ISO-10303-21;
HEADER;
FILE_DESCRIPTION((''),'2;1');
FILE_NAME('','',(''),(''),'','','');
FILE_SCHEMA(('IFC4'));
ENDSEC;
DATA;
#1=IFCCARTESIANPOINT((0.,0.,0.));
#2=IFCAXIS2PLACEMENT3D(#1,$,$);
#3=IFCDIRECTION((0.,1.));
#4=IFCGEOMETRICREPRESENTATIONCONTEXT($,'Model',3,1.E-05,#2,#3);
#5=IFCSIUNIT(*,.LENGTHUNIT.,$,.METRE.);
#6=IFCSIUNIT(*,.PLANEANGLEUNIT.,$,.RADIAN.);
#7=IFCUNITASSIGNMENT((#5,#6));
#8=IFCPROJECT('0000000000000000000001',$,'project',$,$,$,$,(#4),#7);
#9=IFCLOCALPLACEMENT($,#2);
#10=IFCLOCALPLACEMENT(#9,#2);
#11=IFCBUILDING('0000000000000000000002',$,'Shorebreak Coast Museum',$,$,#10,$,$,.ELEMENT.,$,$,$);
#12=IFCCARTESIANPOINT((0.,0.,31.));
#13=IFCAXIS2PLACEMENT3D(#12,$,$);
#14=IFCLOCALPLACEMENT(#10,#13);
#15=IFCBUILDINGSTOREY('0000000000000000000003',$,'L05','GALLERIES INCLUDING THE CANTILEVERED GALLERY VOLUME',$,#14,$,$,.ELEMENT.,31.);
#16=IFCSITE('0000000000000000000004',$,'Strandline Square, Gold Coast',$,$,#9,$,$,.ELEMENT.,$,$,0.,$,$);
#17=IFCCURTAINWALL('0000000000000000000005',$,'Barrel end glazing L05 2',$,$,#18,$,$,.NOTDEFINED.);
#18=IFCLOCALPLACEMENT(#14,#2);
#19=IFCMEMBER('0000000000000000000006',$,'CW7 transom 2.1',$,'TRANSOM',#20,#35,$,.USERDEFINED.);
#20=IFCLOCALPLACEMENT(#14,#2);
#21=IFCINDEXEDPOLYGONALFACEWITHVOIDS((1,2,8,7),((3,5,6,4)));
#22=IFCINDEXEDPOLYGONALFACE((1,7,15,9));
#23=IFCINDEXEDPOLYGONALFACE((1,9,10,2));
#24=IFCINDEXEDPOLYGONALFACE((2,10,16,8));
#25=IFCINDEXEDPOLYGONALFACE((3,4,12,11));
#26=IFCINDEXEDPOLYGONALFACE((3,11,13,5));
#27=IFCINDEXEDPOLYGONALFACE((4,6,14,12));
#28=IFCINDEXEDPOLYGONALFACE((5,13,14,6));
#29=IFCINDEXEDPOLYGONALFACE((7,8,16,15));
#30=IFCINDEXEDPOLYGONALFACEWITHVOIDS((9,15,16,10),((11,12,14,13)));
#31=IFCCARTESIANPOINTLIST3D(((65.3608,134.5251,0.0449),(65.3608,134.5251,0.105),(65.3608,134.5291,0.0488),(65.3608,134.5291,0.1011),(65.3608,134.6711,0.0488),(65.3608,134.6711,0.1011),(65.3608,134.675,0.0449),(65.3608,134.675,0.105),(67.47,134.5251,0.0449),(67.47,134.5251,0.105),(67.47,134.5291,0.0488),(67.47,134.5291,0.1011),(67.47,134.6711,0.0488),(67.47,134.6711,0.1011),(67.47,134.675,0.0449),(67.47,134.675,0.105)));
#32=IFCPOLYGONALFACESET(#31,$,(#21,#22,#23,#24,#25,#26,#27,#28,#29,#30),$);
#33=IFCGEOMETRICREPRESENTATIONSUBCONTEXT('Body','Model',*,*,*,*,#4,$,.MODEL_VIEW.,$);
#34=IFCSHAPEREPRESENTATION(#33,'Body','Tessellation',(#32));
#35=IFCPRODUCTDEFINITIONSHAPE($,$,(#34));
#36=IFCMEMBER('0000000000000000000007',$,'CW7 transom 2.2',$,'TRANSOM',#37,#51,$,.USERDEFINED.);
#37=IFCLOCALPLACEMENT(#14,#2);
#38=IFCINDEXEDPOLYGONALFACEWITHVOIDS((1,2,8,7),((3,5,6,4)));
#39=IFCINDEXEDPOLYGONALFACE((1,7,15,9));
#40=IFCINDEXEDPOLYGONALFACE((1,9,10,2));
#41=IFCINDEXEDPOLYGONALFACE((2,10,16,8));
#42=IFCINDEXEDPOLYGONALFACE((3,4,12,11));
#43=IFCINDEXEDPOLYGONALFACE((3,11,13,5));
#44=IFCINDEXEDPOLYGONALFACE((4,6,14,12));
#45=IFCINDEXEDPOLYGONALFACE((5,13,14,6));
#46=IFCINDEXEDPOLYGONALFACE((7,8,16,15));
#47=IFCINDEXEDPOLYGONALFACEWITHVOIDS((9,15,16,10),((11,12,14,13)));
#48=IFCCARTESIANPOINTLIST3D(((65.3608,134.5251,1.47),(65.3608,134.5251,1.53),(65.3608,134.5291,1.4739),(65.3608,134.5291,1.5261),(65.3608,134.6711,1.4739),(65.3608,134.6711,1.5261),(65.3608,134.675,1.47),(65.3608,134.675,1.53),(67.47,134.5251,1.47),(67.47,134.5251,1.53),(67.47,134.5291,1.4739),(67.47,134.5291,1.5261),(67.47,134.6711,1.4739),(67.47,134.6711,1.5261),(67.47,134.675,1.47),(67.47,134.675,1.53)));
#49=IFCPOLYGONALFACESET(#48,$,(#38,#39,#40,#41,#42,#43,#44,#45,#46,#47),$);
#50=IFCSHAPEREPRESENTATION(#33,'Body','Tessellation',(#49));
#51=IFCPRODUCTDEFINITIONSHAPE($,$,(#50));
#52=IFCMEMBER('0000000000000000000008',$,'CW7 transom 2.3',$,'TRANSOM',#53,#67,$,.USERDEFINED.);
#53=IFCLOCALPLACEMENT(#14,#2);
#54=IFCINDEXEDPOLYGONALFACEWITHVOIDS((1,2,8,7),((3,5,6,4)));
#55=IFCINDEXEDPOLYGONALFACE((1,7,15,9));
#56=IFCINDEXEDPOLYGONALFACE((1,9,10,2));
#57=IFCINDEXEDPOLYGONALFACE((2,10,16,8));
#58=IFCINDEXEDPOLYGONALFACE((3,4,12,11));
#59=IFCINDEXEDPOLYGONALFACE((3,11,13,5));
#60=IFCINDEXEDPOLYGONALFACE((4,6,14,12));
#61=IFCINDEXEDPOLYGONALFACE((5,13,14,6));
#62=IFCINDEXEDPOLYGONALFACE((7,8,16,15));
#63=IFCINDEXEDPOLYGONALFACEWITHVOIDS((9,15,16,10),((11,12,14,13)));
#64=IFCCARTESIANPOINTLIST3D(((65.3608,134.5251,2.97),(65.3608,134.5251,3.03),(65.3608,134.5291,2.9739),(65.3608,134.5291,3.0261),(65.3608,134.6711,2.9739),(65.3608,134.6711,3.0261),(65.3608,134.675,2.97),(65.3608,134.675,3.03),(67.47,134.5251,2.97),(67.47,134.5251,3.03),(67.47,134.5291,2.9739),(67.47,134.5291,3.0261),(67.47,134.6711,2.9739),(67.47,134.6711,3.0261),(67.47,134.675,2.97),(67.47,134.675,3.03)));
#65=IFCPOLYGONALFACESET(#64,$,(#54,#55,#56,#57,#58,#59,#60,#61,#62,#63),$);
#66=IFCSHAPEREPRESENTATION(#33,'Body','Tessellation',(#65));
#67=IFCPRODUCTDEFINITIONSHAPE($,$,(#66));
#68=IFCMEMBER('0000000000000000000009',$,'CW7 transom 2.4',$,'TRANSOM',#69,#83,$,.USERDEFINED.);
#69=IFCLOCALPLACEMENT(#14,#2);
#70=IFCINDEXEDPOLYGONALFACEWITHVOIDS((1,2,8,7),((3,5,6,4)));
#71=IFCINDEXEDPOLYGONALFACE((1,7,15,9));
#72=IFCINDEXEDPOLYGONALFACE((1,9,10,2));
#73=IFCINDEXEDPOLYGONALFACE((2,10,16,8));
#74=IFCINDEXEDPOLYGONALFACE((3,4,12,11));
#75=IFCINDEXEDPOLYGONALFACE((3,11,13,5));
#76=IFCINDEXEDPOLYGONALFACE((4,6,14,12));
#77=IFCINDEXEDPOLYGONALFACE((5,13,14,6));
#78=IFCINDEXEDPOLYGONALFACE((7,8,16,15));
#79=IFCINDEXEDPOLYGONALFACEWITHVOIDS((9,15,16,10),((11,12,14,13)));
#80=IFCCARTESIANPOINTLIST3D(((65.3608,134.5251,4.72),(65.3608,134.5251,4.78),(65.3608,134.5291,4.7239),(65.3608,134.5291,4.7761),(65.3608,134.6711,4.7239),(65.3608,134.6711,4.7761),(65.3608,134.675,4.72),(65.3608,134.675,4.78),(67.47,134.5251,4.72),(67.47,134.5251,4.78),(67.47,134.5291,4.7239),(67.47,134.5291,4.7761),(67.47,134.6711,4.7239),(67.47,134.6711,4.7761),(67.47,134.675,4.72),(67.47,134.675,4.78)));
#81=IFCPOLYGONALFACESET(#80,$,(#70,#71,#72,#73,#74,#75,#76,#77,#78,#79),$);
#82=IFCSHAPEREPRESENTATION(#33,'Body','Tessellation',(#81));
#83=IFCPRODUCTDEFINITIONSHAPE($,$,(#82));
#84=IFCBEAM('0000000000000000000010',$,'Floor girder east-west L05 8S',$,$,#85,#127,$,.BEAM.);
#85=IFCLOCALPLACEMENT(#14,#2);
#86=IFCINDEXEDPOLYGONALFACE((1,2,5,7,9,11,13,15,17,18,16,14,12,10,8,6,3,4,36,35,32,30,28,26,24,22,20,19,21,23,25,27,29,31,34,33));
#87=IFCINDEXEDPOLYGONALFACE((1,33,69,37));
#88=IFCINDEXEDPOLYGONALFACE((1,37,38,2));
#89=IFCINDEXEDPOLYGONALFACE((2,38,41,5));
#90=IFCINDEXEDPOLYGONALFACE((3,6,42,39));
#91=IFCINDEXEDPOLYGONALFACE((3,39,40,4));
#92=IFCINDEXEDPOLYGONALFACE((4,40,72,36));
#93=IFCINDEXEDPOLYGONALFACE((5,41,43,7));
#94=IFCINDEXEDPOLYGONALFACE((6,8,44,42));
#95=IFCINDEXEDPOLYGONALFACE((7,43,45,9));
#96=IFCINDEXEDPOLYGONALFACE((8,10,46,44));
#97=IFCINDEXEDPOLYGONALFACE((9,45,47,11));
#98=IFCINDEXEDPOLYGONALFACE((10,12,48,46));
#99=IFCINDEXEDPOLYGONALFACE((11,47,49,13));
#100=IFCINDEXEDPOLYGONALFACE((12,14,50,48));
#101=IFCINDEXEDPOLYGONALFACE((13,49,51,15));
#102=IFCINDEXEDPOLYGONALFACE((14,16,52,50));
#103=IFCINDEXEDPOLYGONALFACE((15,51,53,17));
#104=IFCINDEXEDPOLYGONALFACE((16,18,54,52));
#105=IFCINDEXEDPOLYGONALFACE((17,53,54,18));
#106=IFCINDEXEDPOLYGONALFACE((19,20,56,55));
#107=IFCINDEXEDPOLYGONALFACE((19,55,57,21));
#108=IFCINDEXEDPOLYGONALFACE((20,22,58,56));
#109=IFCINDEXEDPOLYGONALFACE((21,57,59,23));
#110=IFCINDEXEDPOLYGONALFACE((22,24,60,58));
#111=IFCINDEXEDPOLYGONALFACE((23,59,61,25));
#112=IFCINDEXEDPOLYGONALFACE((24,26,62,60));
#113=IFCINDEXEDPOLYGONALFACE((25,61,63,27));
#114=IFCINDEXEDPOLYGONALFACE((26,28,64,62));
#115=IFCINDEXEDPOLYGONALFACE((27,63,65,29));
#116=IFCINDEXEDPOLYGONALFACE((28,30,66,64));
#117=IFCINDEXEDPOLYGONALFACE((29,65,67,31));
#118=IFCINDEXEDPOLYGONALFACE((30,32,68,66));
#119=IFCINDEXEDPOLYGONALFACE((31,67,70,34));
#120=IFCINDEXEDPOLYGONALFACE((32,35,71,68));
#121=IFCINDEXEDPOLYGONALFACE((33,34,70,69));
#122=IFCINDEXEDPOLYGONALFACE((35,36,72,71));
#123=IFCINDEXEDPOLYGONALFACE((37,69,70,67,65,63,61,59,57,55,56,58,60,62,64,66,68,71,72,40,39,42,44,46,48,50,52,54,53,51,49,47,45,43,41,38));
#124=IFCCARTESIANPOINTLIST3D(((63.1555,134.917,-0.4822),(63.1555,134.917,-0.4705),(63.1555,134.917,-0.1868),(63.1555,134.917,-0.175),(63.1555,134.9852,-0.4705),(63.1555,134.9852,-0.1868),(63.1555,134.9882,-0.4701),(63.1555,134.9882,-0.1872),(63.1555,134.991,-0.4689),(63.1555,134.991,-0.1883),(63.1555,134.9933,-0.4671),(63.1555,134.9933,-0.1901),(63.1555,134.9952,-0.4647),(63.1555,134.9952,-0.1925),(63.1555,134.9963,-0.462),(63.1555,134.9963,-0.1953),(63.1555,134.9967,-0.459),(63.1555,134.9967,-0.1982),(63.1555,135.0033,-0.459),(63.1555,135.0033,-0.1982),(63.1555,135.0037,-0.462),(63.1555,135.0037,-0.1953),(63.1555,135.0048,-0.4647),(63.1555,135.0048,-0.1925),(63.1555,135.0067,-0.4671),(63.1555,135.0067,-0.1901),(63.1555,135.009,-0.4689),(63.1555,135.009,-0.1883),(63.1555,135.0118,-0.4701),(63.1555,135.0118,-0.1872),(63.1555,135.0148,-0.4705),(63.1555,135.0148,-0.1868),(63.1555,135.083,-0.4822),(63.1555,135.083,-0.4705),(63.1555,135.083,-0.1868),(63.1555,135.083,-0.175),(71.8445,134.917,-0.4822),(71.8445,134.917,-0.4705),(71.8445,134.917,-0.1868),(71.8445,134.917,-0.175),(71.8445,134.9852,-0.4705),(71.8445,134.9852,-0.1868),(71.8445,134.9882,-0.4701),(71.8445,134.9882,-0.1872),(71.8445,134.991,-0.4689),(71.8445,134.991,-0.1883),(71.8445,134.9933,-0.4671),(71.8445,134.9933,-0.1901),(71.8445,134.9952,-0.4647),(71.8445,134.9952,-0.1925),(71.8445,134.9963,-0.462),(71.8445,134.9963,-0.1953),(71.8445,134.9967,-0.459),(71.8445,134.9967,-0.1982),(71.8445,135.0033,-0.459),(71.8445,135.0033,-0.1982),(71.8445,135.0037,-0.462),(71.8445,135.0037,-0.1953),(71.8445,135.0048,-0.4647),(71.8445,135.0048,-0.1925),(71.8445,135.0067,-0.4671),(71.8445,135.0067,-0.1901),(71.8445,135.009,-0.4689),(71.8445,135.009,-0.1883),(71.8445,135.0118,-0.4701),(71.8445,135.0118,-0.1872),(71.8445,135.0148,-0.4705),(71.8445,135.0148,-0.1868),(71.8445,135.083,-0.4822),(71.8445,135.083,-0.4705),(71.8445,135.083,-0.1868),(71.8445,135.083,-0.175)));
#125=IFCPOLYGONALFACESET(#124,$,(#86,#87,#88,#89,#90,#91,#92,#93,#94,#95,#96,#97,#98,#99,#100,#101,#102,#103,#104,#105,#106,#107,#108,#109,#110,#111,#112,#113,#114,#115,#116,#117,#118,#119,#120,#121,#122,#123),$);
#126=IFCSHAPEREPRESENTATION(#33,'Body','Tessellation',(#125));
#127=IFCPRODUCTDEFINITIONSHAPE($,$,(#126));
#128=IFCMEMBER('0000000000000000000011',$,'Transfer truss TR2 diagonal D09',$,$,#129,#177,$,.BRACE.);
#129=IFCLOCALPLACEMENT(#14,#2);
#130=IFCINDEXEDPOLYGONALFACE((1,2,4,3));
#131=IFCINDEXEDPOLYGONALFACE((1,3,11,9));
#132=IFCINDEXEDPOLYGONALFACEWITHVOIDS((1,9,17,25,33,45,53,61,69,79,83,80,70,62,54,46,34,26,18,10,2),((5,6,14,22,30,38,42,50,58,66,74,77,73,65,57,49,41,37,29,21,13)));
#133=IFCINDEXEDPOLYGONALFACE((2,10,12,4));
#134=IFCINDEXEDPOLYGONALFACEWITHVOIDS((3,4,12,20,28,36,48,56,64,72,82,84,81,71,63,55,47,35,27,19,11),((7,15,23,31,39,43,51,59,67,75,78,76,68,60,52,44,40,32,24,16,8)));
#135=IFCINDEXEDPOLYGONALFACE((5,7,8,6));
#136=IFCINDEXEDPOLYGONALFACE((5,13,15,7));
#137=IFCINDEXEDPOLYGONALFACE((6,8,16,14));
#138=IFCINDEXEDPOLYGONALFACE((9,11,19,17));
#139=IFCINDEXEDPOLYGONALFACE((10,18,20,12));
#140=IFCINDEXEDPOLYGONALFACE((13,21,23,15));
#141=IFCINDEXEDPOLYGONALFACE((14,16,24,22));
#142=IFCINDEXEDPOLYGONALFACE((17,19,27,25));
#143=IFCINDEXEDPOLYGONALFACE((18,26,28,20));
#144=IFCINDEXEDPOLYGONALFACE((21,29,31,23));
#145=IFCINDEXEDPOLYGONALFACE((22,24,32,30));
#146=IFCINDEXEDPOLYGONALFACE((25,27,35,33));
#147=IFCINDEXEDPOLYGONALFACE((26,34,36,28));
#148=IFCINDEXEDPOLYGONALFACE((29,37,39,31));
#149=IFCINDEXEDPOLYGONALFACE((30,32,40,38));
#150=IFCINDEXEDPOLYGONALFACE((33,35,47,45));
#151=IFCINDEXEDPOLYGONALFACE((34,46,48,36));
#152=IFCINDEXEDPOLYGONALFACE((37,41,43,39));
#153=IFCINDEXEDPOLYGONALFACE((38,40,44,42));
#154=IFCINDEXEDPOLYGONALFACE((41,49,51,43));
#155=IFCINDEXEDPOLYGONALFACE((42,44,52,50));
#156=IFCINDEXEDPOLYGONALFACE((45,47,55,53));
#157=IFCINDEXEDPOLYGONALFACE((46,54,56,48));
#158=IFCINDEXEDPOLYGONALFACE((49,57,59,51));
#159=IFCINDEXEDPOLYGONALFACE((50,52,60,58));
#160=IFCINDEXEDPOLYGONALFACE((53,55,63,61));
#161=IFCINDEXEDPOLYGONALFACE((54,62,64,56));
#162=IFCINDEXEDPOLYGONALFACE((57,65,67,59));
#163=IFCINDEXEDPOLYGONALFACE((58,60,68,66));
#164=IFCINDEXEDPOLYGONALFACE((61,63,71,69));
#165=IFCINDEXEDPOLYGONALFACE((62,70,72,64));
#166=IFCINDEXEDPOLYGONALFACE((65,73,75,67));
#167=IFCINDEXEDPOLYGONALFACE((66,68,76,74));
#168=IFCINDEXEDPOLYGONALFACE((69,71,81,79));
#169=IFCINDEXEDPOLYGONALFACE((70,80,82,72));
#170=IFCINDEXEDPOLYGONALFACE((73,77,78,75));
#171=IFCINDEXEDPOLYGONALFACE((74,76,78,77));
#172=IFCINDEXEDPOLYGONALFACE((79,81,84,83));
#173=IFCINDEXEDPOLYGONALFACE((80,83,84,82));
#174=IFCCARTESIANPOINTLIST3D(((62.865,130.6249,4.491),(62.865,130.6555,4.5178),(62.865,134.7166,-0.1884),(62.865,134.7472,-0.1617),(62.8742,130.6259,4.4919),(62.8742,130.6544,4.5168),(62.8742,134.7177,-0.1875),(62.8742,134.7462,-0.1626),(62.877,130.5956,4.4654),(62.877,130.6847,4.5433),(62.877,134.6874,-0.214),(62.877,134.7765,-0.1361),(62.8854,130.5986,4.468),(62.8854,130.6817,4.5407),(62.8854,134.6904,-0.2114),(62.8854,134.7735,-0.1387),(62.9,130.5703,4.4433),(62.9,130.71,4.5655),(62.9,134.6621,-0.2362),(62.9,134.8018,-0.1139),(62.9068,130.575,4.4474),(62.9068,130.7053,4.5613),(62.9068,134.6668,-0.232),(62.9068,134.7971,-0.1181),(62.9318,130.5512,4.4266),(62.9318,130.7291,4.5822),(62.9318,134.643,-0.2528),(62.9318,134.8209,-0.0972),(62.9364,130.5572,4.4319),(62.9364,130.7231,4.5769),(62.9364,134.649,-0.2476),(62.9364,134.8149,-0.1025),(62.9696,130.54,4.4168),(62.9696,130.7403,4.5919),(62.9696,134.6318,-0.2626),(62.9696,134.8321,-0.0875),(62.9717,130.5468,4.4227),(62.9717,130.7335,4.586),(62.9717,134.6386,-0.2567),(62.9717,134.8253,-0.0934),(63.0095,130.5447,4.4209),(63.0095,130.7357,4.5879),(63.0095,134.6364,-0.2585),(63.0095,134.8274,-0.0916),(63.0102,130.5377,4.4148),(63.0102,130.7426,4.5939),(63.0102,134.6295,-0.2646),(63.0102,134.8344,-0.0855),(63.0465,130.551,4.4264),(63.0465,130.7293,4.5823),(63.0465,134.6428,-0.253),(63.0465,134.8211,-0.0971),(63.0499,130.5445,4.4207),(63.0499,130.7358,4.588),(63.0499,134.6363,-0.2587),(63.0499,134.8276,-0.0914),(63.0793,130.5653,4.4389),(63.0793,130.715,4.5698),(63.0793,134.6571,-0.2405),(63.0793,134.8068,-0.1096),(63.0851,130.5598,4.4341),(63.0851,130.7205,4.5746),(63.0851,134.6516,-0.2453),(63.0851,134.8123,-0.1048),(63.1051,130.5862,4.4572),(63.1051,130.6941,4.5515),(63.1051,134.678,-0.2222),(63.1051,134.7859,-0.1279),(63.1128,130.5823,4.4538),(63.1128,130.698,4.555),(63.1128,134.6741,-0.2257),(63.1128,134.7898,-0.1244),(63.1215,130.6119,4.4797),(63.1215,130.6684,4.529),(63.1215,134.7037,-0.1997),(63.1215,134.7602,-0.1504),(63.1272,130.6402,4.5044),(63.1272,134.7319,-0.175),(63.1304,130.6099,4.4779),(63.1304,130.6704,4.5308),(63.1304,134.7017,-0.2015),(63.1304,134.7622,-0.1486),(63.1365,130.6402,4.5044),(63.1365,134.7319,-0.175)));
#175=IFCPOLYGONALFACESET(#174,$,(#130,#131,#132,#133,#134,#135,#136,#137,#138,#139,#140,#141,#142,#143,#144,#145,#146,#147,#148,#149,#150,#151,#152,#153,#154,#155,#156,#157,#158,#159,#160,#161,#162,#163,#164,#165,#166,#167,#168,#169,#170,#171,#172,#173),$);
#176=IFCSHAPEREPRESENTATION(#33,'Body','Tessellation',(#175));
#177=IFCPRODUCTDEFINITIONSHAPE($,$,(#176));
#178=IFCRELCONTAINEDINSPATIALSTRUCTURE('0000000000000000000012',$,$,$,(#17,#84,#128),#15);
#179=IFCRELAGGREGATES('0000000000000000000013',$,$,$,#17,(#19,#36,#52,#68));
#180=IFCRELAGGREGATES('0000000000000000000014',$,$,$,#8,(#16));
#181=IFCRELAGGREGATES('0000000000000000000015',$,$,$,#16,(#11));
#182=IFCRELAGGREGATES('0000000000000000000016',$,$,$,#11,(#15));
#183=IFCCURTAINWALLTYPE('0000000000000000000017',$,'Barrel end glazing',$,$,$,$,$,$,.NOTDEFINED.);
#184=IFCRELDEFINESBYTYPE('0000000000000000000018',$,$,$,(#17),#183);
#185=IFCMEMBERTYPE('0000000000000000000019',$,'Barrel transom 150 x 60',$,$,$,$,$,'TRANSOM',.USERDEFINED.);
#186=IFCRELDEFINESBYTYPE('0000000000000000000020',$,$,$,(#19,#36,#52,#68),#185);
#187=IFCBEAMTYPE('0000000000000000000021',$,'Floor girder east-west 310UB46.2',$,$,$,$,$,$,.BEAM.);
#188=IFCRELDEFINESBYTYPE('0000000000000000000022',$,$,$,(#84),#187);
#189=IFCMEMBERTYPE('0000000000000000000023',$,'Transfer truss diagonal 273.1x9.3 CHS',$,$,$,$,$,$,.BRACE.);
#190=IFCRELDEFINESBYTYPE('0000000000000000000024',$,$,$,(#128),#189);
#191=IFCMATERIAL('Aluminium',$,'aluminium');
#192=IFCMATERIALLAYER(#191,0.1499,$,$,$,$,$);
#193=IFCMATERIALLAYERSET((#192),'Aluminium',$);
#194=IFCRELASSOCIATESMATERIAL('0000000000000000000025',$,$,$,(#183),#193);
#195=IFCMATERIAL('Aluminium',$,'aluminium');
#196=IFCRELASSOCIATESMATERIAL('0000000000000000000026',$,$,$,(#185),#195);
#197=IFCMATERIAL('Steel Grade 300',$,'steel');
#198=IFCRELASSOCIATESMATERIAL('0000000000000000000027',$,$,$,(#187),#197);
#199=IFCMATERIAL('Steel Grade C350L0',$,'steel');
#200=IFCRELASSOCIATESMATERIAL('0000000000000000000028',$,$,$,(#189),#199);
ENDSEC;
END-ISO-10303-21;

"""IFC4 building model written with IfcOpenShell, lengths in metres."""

from ifc_helpers import new_model, si_unit, direction, frame, origin, origin_2d, place, context, subcontext, project, spatial, hollow_rectangle, hollow_circle, i_section, extrude, material, layer, layer_set, material_profile, profile_set, type_object, element, aggregate, save


model = new_model("IFC4")

# Units and contexts
model_context = context("Model", 3, precision=1e-05, world=origin(), true_north=direction((0.0, 1.0)))
body_context = subcontext(model_context, "Body", "Model", "MODEL_VIEW")
ifc_project = project(units=[si_unit("LENGTHUNIT", "METRE"), si_unit("PLANEANGLEUNIT", "RADIAN")], contexts=[model_context])

# Site, building, storey
site_placement = place(None, origin())
site = spatial("IfcSite", under=ifc_project, at=site_placement, Name="Strandline Square, Gold Coast", CompositionType="ELEMENT", RefElevation=0.0)
building_placement = place(site_placement, origin())
building = spatial("IfcBuilding", under=site, at=building_placement, Name="Shorebreak Coast Museum", CompositionType="ELEMENT")
storey_placement = place(building_placement, frame((0.0, 0.0, 31.0)))
storey = spatial("IfcBuildingStorey", under=building, at=storey_placement, Name="L05", Description="GALLERIES INCLUDING THE CANTILEVERED GALLERY VOLUME", CompositionType="ELEMENT", Elevation=31.0)

# Shared definitions
ifc_material_1 = material(Name="Aluminium", Category="aluminium")
ifc_layer_1 = layer(ifc_material_1, 0.1499)
ifc_layer_set_1 = layer_set([ifc_layer_1], Name="Aluminium")
curtain_wall_type = type_object("IfcCurtainWallType", Name="Barrel end glazing", PredefinedType="NOTDEFINED", material=ifc_layer_set_1)

# Curtain wall
curtain_wall_1_placement = place(storey_placement, origin())
curtain_wall_1 = element("IfcCurtainWall", 1, at=curtain_wall_1_placement, inside=storey, type_object=curtain_wall_type, Name="Barrel end glazing L05 2", PredefinedType="NOTDEFINED")

# Members
ifc_material_2 = material(Name="Aluminium", Category="aluminium")
ifc_material_profile_1 = material_profile(ifc_material_2, hollow_rectangle(XDim=0.1499, YDim=0.0601, WallThickness=0.0039, at=origin_2d()), Name="AL 60x150 RHS")
ifc_profile_set_1 = profile_set([ifc_material_profile_1], Name="Aluminium")
member_type_1 = type_object("IfcMemberType", Name="Barrel transom 150 x 60", ElementType="TRANSOM", PredefinedType="USERDEFINED", material=ifc_profile_set_1)
member_1_placement = place(storey_placement, frame((65.3608, 134.6001, 0.075), z_axis=(1.0, 0.0, 0.0), x_axis=(0.0, 1.0, 0.0)))
member_1 = element("IfcMember", 2, at=member_1_placement, type_object=member_type_1, Name="CW7 transom 2.1", ObjectType="TRANSOM", PredefinedType="USERDEFINED", context=body_context, shape_type="SweptSolid", body=[
    extrude(hollow_rectangle(XDim=0.1499, YDim=0.0601, WallThickness=0.0039, at=origin_2d()), origin(), (0.0, 0.0, 1.0), 2.1091),
])
member_2_placement = place(storey_placement, frame((65.3608, 134.6001, 1.5), z_axis=(1.0, 0.0, 0.0), x_axis=(0.0, 1.0, 0.0)))
member_2 = element("IfcMember", 3, at=member_2_placement, type_object=member_type_1, Name="CW7 transom 2.2", ObjectType="TRANSOM", PredefinedType="USERDEFINED", context=body_context, shape_type="SweptSolid", body=[
    extrude(hollow_rectangle(XDim=0.1499, YDim=0.0601, WallThickness=0.0039, at=origin_2d()), origin(), (0.0, 0.0, 1.0), 2.1091),
])
member_3_placement = place(storey_placement, frame((65.3608, 134.6001, 3.0), z_axis=(1.0, 0.0, 0.0), x_axis=(0.0, 1.0, 0.0)))
member_3 = element("IfcMember", 4, at=member_3_placement, type_object=member_type_1, Name="CW7 transom 2.3", ObjectType="TRANSOM", PredefinedType="USERDEFINED", context=body_context, shape_type="SweptSolid", body=[
    extrude(hollow_rectangle(XDim=0.1499, YDim=0.0601, WallThickness=0.0039, at=origin_2d()), origin(), (0.0, 0.0, 1.0), 2.1091),
])
member_4_placement = place(storey_placement, frame((65.3608, 134.6001, 4.75), z_axis=(1.0, 0.0, 0.0), x_axis=(0.0, 1.0, 0.0)))
member_4 = element("IfcMember", 5, at=member_4_placement, type_object=member_type_1, Name="CW7 transom 2.4", ObjectType="TRANSOM", PredefinedType="USERDEFINED", context=body_context, shape_type="SweptSolid", body=[
    extrude(hollow_rectangle(XDim=0.1499, YDim=0.0601, WallThickness=0.0039, at=origin_2d()), origin(), (0.0, 0.0, 1.0), 2.1091),
])

# Beam
ifc_material_3 = material(Name="Steel Grade 300", Category="steel")
ifc_material_profile_2 = material_profile(ifc_material_3, i_section(OverallWidth=0.166, OverallDepth=0.3071, WebThickness=0.0066, FlangeThickness=0.0117, FilletRadius=0.0115, at=origin_2d()), Name="310UB46.2")
ifc_profile_set_2 = profile_set([ifc_material_profile_2], Name="Steel Grade 300")
beam_type = type_object("IfcBeamType", Name="Floor girder east-west 310UB46.2", PredefinedType="BEAM", material=ifc_profile_set_2)
beam_placement = place(storey_placement, frame((63.1555, 135.0, -0.3286), z_axis=(1.0, 0.0, 0.0), x_axis=(0.0, 1.0, 0.0)))
element("IfcBeam", 6, at=beam_placement, inside=storey, type_object=beam_type, Name="Floor girder east-west L05 8S", PredefinedType="BEAM", context=body_context, shape_type="SweptSolid", body=[
    extrude(i_section(OverallWidth=0.166, OverallDepth=0.3071, WebThickness=0.0066, FlangeThickness=0.0117, FilletRadius=0.0115, at=origin_2d()), origin(), (0.0, 0.0, 1.0), 8.689),
])

# Member
ifc_material_4 = material(Name="Steel Grade C350L0", Category="steel")
ifc_material_profile_3 = material_profile(ifc_material_4, hollow_circle(Radius=0.1365, WallThickness=0.0093, at=origin_2d()), Name="273.1x9.3 CHS")
ifc_profile_set_3 = profile_set([ifc_material_profile_3], Name="Steel Grade C350L0")
member_type_2 = type_object("IfcMemberType", Name="Transfer truss diagonal 273.1x9.3 CHS", PredefinedType="BRACE", material=ifc_profile_set_3)
member_5_placement = place(storey_placement, frame((63.0, 134.7319, -0.175), z_axis=(0.0, -0.658257, 0.752793), x_axis=(1.0, 0.0, 0.0)))
element("IfcMember", 7, at=member_5_placement, inside=storey, type_object=member_type_2, Name="Transfer truss TR2 diagonal D09", PredefinedType="BRACE", context=body_context, shape_type="SweptSolid", body=[
    extrude(hollow_circle(Radius=0.1365, WallThickness=0.0093, at=origin_2d()), origin(), (0.0, 0.0, 1.0), 6.2161),
])

aggregate(curtain_wall_1, [member_1, member_2, member_3, member_4])

save(model, "model.ifc")
